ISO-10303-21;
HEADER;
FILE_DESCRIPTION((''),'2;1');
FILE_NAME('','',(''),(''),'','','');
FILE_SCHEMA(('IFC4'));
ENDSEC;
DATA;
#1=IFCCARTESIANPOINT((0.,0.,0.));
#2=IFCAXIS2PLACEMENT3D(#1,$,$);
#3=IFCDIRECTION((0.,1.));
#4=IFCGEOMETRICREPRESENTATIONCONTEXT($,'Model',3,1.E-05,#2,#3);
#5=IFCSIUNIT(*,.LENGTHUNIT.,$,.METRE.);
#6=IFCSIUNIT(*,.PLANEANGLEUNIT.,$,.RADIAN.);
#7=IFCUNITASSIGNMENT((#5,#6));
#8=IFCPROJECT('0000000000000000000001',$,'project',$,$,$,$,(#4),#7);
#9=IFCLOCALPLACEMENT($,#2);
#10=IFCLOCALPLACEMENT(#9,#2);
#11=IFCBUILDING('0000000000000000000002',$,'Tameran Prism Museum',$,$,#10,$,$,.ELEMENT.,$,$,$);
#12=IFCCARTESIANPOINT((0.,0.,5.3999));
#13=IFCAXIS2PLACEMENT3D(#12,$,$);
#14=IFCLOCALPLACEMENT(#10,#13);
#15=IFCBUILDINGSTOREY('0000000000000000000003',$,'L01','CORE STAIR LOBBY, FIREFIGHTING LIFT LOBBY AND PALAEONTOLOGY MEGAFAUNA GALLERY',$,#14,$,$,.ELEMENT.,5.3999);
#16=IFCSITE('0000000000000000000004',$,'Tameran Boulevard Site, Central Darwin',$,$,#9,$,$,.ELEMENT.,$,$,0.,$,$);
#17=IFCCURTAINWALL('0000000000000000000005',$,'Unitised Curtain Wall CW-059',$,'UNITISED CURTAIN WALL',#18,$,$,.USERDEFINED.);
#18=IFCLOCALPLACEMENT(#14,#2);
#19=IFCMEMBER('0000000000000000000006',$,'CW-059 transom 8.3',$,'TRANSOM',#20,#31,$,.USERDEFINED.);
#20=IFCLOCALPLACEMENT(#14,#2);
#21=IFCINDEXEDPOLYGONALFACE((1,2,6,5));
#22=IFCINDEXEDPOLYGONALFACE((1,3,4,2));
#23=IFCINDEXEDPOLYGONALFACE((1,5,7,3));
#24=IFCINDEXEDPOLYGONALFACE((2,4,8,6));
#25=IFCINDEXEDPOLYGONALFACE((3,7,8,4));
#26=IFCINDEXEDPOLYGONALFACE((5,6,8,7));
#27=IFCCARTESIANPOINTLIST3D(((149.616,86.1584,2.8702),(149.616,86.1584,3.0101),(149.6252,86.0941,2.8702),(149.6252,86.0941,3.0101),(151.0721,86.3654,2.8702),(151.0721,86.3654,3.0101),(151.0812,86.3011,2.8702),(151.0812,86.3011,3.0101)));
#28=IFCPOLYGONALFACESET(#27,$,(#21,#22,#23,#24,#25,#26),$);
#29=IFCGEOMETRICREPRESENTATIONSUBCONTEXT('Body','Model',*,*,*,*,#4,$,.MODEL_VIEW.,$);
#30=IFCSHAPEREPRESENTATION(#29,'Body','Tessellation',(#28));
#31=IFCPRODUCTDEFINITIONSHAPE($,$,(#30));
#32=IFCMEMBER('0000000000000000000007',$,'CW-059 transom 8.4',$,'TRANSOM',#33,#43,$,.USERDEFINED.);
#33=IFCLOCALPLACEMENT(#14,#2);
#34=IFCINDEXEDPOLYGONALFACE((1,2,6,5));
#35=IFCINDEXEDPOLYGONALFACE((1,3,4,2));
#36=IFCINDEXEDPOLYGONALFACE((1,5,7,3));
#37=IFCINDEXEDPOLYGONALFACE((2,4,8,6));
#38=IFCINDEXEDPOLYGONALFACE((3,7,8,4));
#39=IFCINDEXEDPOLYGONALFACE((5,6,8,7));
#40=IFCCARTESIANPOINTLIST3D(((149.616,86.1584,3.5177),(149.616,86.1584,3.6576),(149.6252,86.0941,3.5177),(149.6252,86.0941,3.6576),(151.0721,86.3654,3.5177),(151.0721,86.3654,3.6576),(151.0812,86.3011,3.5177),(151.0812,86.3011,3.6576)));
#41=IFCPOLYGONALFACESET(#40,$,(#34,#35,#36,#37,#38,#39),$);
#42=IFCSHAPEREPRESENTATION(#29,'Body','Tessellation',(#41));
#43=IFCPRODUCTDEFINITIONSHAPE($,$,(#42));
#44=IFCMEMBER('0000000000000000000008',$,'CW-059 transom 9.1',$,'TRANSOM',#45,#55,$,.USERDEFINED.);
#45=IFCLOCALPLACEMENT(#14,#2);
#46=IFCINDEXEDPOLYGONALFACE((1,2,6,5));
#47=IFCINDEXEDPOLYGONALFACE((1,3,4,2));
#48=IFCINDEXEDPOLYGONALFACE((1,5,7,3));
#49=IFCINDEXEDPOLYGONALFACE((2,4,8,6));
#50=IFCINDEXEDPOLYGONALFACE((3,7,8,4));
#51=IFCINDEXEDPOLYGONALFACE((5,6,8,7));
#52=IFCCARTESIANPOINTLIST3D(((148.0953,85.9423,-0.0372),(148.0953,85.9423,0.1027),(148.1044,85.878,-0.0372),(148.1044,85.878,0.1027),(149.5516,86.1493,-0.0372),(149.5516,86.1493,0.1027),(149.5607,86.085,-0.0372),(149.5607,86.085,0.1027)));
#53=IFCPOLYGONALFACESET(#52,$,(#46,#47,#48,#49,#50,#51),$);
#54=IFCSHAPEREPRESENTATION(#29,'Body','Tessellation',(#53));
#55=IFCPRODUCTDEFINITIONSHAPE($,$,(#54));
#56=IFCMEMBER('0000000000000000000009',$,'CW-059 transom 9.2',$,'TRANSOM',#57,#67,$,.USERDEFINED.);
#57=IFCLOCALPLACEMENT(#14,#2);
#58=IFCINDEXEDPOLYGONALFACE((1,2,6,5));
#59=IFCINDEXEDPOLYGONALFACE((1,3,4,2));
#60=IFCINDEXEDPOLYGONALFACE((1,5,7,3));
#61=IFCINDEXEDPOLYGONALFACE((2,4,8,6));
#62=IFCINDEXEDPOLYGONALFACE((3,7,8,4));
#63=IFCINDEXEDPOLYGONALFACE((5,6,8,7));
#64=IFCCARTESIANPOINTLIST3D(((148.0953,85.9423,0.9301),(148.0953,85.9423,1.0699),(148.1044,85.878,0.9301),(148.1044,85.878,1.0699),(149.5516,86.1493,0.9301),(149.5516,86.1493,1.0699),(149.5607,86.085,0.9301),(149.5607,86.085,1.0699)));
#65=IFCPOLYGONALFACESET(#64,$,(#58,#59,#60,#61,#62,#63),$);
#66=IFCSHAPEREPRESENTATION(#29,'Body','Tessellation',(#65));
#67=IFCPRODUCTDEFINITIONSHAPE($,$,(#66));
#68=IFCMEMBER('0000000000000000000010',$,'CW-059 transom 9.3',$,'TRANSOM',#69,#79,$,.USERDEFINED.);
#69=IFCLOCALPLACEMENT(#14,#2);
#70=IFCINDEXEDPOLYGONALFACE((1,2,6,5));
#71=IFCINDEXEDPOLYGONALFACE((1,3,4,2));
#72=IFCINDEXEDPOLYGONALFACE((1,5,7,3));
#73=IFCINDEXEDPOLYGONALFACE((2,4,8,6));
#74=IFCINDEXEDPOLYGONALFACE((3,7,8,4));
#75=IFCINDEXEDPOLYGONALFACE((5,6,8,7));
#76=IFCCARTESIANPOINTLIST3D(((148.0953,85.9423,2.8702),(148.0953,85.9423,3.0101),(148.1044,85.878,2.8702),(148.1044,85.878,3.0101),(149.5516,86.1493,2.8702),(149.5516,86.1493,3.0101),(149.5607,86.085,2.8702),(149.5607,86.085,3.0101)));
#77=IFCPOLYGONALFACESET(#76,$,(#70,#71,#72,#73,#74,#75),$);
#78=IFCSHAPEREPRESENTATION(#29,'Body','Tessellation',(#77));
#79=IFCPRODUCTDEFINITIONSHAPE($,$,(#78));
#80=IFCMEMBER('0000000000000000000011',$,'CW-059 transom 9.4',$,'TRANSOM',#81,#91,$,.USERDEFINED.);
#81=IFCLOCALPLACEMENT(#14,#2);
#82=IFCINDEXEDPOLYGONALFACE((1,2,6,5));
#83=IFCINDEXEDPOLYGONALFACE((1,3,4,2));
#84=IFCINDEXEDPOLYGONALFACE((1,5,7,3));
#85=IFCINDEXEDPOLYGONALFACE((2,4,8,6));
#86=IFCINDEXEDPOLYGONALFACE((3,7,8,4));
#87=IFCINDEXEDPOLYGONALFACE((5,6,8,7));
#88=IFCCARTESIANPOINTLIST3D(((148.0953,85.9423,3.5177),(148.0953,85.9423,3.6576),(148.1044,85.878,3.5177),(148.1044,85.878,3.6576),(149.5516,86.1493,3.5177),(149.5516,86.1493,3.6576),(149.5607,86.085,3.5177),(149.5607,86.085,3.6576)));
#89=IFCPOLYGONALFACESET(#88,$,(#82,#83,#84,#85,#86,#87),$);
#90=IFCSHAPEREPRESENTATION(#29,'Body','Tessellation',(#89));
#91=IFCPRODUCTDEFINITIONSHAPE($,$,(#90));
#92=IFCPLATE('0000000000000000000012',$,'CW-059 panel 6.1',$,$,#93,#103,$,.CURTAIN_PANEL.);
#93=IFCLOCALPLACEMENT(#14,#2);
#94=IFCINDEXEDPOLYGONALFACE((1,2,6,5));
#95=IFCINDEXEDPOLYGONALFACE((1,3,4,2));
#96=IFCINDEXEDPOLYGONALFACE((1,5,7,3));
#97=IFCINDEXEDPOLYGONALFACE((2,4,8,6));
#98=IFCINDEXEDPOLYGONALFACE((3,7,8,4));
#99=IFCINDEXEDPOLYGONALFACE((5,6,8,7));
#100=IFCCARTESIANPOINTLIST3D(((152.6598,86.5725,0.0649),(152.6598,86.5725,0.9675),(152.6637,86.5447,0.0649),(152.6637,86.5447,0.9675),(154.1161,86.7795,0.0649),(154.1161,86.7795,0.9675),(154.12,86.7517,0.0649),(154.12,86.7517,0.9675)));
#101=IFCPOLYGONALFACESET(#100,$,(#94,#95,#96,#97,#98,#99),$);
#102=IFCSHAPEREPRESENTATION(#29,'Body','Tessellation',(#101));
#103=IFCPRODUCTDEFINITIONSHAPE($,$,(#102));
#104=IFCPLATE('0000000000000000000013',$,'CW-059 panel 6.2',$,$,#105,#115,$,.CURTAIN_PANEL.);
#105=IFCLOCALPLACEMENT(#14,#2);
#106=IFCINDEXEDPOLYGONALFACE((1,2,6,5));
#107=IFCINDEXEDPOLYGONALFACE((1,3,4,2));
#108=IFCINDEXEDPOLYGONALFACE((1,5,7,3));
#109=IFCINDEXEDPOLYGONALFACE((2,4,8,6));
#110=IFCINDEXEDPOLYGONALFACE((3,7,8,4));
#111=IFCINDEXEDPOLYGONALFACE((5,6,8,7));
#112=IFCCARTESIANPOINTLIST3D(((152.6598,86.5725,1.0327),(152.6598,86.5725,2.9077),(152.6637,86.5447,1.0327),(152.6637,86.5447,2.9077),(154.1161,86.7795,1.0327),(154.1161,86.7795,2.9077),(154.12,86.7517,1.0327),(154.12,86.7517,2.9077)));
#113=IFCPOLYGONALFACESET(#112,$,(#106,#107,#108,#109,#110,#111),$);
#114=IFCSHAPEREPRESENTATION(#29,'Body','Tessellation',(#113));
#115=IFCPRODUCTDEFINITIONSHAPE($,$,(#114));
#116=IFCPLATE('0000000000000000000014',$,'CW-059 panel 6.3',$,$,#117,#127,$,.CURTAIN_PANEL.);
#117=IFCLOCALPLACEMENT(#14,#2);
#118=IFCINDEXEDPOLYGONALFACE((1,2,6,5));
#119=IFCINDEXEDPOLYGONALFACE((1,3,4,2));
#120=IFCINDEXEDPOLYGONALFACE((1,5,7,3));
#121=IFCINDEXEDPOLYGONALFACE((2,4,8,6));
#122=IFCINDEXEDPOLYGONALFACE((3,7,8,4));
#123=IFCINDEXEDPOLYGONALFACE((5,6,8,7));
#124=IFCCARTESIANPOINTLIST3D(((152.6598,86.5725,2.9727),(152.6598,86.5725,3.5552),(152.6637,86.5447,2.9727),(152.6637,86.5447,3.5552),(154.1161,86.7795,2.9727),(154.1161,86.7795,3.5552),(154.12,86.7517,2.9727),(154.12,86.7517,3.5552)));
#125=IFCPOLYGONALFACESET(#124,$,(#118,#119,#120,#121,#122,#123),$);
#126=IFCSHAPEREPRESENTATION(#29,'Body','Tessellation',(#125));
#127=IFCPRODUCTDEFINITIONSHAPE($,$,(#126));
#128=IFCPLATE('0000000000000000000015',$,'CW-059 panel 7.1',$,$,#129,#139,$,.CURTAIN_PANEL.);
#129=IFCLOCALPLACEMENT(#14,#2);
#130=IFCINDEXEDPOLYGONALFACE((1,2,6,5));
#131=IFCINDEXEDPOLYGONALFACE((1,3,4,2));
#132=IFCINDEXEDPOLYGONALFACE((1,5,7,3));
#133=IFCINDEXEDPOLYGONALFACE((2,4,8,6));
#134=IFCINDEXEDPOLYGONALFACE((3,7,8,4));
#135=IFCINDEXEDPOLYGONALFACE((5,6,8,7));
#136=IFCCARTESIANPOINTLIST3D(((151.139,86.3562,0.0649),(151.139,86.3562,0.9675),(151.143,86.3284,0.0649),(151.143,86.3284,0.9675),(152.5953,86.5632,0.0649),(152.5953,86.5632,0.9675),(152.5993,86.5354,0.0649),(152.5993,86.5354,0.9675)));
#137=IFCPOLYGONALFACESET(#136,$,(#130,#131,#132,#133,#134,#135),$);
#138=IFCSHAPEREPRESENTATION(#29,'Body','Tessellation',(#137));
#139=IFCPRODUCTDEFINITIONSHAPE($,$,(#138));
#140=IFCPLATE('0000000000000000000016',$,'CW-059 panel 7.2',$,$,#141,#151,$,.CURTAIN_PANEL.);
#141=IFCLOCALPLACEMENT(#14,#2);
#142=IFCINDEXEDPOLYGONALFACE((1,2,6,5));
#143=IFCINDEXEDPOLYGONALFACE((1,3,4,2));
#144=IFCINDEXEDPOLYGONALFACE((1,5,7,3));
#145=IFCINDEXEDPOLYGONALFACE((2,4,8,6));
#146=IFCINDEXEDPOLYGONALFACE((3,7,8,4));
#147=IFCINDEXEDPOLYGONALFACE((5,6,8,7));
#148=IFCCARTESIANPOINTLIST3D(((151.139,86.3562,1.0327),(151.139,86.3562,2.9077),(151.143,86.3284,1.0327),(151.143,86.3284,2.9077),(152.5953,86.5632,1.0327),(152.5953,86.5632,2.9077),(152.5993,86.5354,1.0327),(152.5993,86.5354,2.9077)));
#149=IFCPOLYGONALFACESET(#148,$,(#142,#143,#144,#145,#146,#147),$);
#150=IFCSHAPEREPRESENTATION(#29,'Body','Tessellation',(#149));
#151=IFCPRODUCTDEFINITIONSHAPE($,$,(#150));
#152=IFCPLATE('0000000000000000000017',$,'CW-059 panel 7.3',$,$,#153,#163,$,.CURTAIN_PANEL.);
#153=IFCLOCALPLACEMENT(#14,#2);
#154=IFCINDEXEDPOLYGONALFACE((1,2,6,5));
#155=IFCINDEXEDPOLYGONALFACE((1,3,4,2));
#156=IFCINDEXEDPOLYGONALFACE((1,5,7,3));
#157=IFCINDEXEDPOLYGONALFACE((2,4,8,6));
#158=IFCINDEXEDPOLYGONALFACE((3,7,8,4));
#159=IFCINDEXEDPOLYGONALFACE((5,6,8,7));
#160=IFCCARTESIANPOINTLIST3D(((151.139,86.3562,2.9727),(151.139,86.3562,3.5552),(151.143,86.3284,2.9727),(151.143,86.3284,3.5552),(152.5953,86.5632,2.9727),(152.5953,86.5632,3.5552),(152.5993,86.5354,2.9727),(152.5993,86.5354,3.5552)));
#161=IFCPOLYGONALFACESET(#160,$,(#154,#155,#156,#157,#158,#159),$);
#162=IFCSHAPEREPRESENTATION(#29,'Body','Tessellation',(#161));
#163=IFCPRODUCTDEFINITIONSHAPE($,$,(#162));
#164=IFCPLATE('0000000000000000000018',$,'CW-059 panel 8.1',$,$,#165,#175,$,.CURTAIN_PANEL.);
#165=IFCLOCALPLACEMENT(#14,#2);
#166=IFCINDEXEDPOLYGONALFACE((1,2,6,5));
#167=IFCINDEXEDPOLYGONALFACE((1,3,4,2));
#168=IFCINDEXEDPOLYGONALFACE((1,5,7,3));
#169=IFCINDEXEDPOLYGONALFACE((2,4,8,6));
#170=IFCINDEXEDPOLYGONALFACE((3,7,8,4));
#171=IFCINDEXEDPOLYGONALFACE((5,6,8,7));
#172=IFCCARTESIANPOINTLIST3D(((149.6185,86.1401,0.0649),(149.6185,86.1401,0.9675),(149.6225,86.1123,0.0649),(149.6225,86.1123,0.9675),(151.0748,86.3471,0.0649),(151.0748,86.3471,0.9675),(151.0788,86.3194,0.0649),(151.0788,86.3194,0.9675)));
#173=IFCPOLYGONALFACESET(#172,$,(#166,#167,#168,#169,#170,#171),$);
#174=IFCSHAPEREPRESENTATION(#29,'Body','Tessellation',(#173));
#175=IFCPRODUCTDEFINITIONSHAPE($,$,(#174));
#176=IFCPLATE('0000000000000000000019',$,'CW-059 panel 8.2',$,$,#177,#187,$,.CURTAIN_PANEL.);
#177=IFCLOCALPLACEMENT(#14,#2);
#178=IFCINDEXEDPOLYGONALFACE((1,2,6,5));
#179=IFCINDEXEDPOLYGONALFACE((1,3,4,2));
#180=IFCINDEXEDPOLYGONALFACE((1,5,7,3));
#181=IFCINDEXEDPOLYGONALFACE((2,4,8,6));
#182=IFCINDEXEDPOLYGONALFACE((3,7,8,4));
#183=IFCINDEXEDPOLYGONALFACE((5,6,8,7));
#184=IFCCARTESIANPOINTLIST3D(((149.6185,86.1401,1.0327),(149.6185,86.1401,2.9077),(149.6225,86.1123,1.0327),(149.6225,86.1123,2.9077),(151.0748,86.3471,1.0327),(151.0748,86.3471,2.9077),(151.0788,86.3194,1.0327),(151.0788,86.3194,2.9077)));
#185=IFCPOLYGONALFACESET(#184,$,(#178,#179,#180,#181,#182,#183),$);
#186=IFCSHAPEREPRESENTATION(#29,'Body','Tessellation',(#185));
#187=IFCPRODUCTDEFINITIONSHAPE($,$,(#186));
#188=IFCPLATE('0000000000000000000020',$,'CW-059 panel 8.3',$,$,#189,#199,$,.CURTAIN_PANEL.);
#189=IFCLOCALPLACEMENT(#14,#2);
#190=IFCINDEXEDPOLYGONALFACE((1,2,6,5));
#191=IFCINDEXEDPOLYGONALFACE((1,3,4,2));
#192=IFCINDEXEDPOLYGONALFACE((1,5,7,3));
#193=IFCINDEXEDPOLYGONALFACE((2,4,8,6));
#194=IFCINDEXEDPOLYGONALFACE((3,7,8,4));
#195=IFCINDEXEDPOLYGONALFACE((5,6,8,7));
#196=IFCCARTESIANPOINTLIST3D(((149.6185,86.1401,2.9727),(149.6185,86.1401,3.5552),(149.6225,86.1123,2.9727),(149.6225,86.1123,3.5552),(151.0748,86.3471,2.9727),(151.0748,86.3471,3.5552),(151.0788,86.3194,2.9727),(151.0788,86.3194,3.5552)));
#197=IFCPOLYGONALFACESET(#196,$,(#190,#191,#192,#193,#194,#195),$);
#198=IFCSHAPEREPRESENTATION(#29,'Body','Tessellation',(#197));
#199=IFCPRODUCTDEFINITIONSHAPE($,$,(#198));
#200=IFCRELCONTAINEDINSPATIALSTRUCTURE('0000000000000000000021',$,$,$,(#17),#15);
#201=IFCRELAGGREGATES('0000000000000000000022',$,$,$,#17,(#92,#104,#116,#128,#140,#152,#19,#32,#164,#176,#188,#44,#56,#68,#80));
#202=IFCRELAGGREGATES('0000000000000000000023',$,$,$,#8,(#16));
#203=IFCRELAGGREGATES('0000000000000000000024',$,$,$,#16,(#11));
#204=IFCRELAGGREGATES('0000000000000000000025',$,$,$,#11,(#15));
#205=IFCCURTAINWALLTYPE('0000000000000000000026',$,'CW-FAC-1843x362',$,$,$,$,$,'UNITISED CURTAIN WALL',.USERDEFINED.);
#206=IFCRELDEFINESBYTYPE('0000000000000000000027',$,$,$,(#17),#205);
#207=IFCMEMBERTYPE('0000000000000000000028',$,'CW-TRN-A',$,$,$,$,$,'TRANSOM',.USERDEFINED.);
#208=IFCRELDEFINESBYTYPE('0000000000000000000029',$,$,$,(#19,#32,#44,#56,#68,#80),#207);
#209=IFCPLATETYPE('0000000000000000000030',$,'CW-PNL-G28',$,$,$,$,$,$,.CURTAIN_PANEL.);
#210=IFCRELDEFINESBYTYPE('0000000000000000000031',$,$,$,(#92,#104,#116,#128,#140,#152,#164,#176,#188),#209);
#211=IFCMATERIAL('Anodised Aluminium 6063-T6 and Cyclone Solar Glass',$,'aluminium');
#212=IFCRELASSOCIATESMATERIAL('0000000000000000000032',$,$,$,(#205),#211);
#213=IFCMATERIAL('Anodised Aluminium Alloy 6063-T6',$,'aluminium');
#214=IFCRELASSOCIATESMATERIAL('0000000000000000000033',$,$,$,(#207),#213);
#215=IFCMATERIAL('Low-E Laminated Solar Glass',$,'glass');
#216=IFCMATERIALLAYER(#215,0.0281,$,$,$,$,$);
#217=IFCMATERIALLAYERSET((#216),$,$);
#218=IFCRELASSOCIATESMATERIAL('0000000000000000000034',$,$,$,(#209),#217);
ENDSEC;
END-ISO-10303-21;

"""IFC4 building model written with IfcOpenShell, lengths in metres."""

from ifc_helpers import new_model, si_unit, direction, frame, origin, origin_2d, place, context, subcontext, project, spatial, rectangle, extrude, material, layer, layer_set, material_profile, profile_set, type_object, element, aggregate, save


model = new_model("IFC4")

# Units and contexts
model_context = context("Model", 3, precision=1e-05, world=origin(), true_north=direction((0.0, 1.0)))
body_context = subcontext(model_context, "Body", "Model", "MODEL_VIEW")
ifc_project = project(units=[si_unit("LENGTHUNIT", "METRE"), si_unit("PLANEANGLEUNIT", "RADIAN")], contexts=[model_context])

# Site, building, storey
site_placement = place(None, origin())
site = spatial("IfcSite", under=ifc_project, at=site_placement, Name="Tameran Boulevard Site, Central Darwin", CompositionType="ELEMENT", RefElevation=0.0)
building_placement = place(site_placement, origin())
building = spatial("IfcBuilding", under=site, at=building_placement, Name="Tameran Prism Museum", CompositionType="ELEMENT")
storey_placement = place(building_placement, frame((0.0, 0.0, 5.3999)))
storey = spatial("IfcBuildingStorey", under=building, at=storey_placement, Name="L01", Description="CORE STAIR LOBBY, FIREFIGHTING LIFT LOBBY AND PALAEONTOLOGY MEGAFAUNA GALLERY", CompositionType="ELEMENT", Elevation=5.3999)

# Curtain wall, members, plates
ifc_material_1 = material(Name="Anodised Aluminium 6063-T6 and Cyclone Solar Glass", Category="aluminium")
curtain_wall_type = type_object("IfcCurtainWallType", Name="CW-FAC-1843x362", ElementType="UNITISED CURTAIN WALL", PredefinedType="USERDEFINED", material=ifc_material_1)
curtain_wall_placement = place(storey_placement, origin())
curtain_wall = element("IfcCurtainWall", 1, at=curtain_wall_placement, inside=storey, type_object=curtain_wall_type, Name="Unitised Curtain Wall CW-059", ObjectType="UNITISED CURTAIN WALL", PredefinedType="USERDEFINED")
ifc_material_2 = material(Name="Anodised Aluminium Alloy 6063-T6", Category="aluminium")
ifc_material_profile_1 = material_profile(ifc_material_2, rectangle(XDim=0.0649, YDim=0.1399, at=origin_2d()))
ifc_profile_set_1 = profile_set([ifc_material_profile_1])
member_type_1 = type_object("IfcMemberType", Name="CW-TRN-A", ElementType="TRANSOM", PredefinedType="USERDEFINED", material=ifc_profile_set_1)
member_1_placement = place(storey_placement, frame((151.0767, 86.3333, 2.9402), z_axis=(-0.990042, -0.140771, 0.0), x_axis=(0.140771, -0.990042, 0.0)))
member_1 = element("IfcMember", 2, at=member_1_placement, type_object=member_type_1, Name="CW-059 transom 8.3", ObjectType="TRANSOM", PredefinedType="USERDEFINED", context=body_context, shape_type="SweptSolid", body=[
    extrude(rectangle(XDim=0.0649, YDim=0.1399, at=origin_2d()), origin(), (0.0, 0.0, 1.0), 1.4707),
])
member_2_placement = place(storey_placement, frame((151.0767, 86.3333, 3.5876), z_axis=(-0.990042, -0.140771, 0.0), x_axis=(0.140771, -0.990042, 0.0)))
member_2 = element("IfcMember", 3, at=member_2_placement, type_object=member_type_1, Name="CW-059 transom 8.4", ObjectType="TRANSOM", PredefinedType="USERDEFINED", context=body_context, shape_type="SweptSolid", body=[
    extrude(rectangle(XDim=0.0649, YDim=0.1399, at=origin_2d()), origin(), (0.0, 0.0, 1.0), 1.4707),
])
member_3_placement = place(storey_placement, frame((149.5562, 86.1172, 0.0327), z_axis=(-0.990046, -0.140747, 0.0), x_axis=(0.140747, -0.990046, 0.0)))
member_3 = element("IfcMember", 4, at=member_3_placement, type_object=member_type_1, Name="CW-059 transom 9.1", ObjectType="TRANSOM", PredefinedType="USERDEFINED", context=body_context, shape_type="SweptSolid", body=[
    extrude(rectangle(XDim=0.0649, YDim=0.1399, at=origin_2d()), origin(), (0.0, 0.0, 1.0), 1.4709),
])
member_4_placement = place(storey_placement, frame((149.5562, 86.1172, 1.0), z_axis=(-0.990046, -0.140747, 0.0), x_axis=(0.140747, -0.990046, 0.0)))
member_4 = element("IfcMember", 5, at=member_4_placement, type_object=member_type_1, Name="CW-059 transom 9.2", ObjectType="TRANSOM", PredefinedType="USERDEFINED", context=body_context, shape_type="SweptSolid", body=[
    extrude(rectangle(XDim=0.0649, YDim=0.1399, at=origin_2d()), origin(), (0.0, 0.0, 1.0), 1.4709),
])
member_5_placement = place(storey_placement, frame((149.5562, 86.1172, 2.9402), z_axis=(-0.990046, -0.140747, 0.0), x_axis=(0.140747, -0.990046, 0.0)))
member_5 = element("IfcMember", 6, at=member_5_placement, type_object=member_type_1, Name="CW-059 transom 9.3", ObjectType="TRANSOM", PredefinedType="USERDEFINED", context=body_context, shape_type="SweptSolid", body=[
    extrude(rectangle(XDim=0.0649, YDim=0.1399, at=origin_2d()), origin(), (0.0, 0.0, 1.0), 1.4709),
])
member_6_placement = place(storey_placement, frame((149.5562, 86.1172, 3.5876), z_axis=(-0.990046, -0.140747, 0.0), x_axis=(0.140747, -0.990046, 0.0)))
member_6 = element("IfcMember", 7, at=member_6_placement, type_object=member_type_1, Name="CW-059 transom 9.4", ObjectType="TRANSOM", PredefinedType="USERDEFINED", context=body_context, shape_type="SweptSolid", body=[
    extrude(rectangle(XDim=0.0649, YDim=0.1399, at=origin_2d()), origin(), (0.0, 0.0, 1.0), 1.4709),
])
ifc_material_3 = material(Name="Low-E Laminated Solar Glass", Category="glass")
ifc_layer_1 = layer(ifc_material_3, 0.0281)
ifc_layer_set_1 = layer_set([ifc_layer_1])
plate_type = type_object("IfcPlateType", Name="CW-PNL-G28", PredefinedType="CURTAIN_PANEL", material=ifc_layer_set_1)
plate_1_placement = place(storey_placement, frame((153.3899, 86.6621, 0.0649), z_axis=(0.0, 0.0, 1.0), x_axis=(-0.990046, -0.140745, 0.0)))
plate_1 = element("IfcPlate", 8, at=plate_1_placement, type_object=plate_type, Name="CW-059 panel 6.1", PredefinedType="CURTAIN_PANEL", context=body_context, shape_type="SweptSolid", body=[
    extrude(rectangle(XDim=1.4709, YDim=0.0281, at=origin_2d()), origin(), (0.0, 0.0, 1.0), 0.9026),
])
plate_2_placement = place(storey_placement, frame((153.3899, 86.6621, 1.0327), z_axis=(0.0, 0.0, 1.0), x_axis=(-0.990046, -0.140745, 0.0)))
plate_2 = element("IfcPlate", 9, at=plate_2_placement, type_object=plate_type, Name="CW-059 panel 6.2", PredefinedType="CURTAIN_PANEL", context=body_context, shape_type="SweptSolid", body=[
    extrude(rectangle(XDim=1.4709, YDim=0.0281, at=origin_2d()), origin(), (0.0, 0.0, 1.0), 1.875),
])
plate_3_placement = place(storey_placement, frame((153.3899, 86.6621, 2.9727), z_axis=(0.0, 0.0, 1.0), x_axis=(-0.990046, -0.140745, 0.0)))
plate_3 = element("IfcPlate", 10, at=plate_3_placement, type_object=plate_type, Name="CW-059 panel 6.3", PredefinedType="CURTAIN_PANEL", context=body_context, shape_type="SweptSolid", body=[
    extrude(rectangle(XDim=1.4709, YDim=0.0281, at=origin_2d()), origin(), (0.0, 0.0, 1.0), 0.5825),
])
plate_4_placement = place(storey_placement, frame((151.8691, 86.4458, 0.0649), z_axis=(0.0, 0.0, 1.0), x_axis=(-0.990046, -0.140745, 0.0)))
plate_4 = element("IfcPlate", 11, at=plate_4_placement, type_object=plate_type, Name="CW-059 panel 7.1", PredefinedType="CURTAIN_PANEL", context=body_context, shape_type="SweptSolid", body=[
    extrude(rectangle(XDim=1.4709, YDim=0.0281, at=origin_2d()), origin(), (0.0, 0.0, 1.0), 0.9026),
])
plate_5_placement = place(storey_placement, frame((151.8691, 86.4458, 1.0327), z_axis=(0.0, 0.0, 1.0), x_axis=(-0.990046, -0.140745, 0.0)))
plate_5 = element("IfcPlate", 12, at=plate_5_placement, type_object=plate_type, Name="CW-059 panel 7.2", PredefinedType="CURTAIN_PANEL", context=body_context, shape_type="SweptSolid", body=[
    extrude(rectangle(XDim=1.4709, YDim=0.0281, at=origin_2d()), origin(), (0.0, 0.0, 1.0), 1.875),
])
plate_6_placement = place(storey_placement, frame((151.8691, 86.4458, 2.9727), z_axis=(0.0, 0.0, 1.0), x_axis=(-0.990046, -0.140745, 0.0)))
plate_6 = element("IfcPlate", 13, at=plate_6_placement, type_object=plate_type, Name="CW-059 panel 7.3", PredefinedType="CURTAIN_PANEL", context=body_context, shape_type="SweptSolid", body=[
    extrude(rectangle(XDim=1.4709, YDim=0.0281, at=origin_2d()), origin(), (0.0, 0.0, 1.0), 0.5825),
])
plate_7_placement = place(storey_placement, frame((150.3486, 86.2297, 0.0649), z_axis=(0.0, 0.0, 1.0), x_axis=(-0.990046, -0.140745, 0.0)))
plate_7 = element("IfcPlate", 14, at=plate_7_placement, type_object=plate_type, Name="CW-059 panel 8.1", PredefinedType="CURTAIN_PANEL", context=body_context, shape_type="SweptSolid", body=[
    extrude(rectangle(XDim=1.4709, YDim=0.0281, at=origin_2d()), origin(), (0.0, 0.0, 1.0), 0.9026),
])
plate_8_placement = place(storey_placement, frame((150.3486, 86.2297, 1.0327), z_axis=(0.0, 0.0, 1.0), x_axis=(-0.990046, -0.140745, 0.0)))
plate_8 = element("IfcPlate", 15, at=plate_8_placement, type_object=plate_type, Name="CW-059 panel 8.2", PredefinedType="CURTAIN_PANEL", context=body_context, shape_type="SweptSolid", body=[
    extrude(rectangle(XDim=1.4709, YDim=0.0281, at=origin_2d()), origin(), (0.0, 0.0, 1.0), 1.875),
])
plate_9_placement = place(storey_placement, frame((150.3486, 86.2297, 2.9727), z_axis=(0.0, 0.0, 1.0), x_axis=(-0.990046, -0.140745, 0.0)))
plate_9 = element("IfcPlate", 16, at=plate_9_placement, type_object=plate_type, Name="CW-059 panel 8.3", PredefinedType="CURTAIN_PANEL", context=body_context, shape_type="SweptSolid", body=[
    extrude(rectangle(XDim=1.4709, YDim=0.0281, at=origin_2d()), origin(), (0.0, 0.0, 1.0), 0.5825),
])
aggregate(curtain_wall, [plate_1, plate_2, plate_3, plate_4, plate_5, plate_6, member_1, member_2, plate_7, plate_8, plate_9, member_3, member_4, member_5, member_6])

save(model, "model.ifc")
